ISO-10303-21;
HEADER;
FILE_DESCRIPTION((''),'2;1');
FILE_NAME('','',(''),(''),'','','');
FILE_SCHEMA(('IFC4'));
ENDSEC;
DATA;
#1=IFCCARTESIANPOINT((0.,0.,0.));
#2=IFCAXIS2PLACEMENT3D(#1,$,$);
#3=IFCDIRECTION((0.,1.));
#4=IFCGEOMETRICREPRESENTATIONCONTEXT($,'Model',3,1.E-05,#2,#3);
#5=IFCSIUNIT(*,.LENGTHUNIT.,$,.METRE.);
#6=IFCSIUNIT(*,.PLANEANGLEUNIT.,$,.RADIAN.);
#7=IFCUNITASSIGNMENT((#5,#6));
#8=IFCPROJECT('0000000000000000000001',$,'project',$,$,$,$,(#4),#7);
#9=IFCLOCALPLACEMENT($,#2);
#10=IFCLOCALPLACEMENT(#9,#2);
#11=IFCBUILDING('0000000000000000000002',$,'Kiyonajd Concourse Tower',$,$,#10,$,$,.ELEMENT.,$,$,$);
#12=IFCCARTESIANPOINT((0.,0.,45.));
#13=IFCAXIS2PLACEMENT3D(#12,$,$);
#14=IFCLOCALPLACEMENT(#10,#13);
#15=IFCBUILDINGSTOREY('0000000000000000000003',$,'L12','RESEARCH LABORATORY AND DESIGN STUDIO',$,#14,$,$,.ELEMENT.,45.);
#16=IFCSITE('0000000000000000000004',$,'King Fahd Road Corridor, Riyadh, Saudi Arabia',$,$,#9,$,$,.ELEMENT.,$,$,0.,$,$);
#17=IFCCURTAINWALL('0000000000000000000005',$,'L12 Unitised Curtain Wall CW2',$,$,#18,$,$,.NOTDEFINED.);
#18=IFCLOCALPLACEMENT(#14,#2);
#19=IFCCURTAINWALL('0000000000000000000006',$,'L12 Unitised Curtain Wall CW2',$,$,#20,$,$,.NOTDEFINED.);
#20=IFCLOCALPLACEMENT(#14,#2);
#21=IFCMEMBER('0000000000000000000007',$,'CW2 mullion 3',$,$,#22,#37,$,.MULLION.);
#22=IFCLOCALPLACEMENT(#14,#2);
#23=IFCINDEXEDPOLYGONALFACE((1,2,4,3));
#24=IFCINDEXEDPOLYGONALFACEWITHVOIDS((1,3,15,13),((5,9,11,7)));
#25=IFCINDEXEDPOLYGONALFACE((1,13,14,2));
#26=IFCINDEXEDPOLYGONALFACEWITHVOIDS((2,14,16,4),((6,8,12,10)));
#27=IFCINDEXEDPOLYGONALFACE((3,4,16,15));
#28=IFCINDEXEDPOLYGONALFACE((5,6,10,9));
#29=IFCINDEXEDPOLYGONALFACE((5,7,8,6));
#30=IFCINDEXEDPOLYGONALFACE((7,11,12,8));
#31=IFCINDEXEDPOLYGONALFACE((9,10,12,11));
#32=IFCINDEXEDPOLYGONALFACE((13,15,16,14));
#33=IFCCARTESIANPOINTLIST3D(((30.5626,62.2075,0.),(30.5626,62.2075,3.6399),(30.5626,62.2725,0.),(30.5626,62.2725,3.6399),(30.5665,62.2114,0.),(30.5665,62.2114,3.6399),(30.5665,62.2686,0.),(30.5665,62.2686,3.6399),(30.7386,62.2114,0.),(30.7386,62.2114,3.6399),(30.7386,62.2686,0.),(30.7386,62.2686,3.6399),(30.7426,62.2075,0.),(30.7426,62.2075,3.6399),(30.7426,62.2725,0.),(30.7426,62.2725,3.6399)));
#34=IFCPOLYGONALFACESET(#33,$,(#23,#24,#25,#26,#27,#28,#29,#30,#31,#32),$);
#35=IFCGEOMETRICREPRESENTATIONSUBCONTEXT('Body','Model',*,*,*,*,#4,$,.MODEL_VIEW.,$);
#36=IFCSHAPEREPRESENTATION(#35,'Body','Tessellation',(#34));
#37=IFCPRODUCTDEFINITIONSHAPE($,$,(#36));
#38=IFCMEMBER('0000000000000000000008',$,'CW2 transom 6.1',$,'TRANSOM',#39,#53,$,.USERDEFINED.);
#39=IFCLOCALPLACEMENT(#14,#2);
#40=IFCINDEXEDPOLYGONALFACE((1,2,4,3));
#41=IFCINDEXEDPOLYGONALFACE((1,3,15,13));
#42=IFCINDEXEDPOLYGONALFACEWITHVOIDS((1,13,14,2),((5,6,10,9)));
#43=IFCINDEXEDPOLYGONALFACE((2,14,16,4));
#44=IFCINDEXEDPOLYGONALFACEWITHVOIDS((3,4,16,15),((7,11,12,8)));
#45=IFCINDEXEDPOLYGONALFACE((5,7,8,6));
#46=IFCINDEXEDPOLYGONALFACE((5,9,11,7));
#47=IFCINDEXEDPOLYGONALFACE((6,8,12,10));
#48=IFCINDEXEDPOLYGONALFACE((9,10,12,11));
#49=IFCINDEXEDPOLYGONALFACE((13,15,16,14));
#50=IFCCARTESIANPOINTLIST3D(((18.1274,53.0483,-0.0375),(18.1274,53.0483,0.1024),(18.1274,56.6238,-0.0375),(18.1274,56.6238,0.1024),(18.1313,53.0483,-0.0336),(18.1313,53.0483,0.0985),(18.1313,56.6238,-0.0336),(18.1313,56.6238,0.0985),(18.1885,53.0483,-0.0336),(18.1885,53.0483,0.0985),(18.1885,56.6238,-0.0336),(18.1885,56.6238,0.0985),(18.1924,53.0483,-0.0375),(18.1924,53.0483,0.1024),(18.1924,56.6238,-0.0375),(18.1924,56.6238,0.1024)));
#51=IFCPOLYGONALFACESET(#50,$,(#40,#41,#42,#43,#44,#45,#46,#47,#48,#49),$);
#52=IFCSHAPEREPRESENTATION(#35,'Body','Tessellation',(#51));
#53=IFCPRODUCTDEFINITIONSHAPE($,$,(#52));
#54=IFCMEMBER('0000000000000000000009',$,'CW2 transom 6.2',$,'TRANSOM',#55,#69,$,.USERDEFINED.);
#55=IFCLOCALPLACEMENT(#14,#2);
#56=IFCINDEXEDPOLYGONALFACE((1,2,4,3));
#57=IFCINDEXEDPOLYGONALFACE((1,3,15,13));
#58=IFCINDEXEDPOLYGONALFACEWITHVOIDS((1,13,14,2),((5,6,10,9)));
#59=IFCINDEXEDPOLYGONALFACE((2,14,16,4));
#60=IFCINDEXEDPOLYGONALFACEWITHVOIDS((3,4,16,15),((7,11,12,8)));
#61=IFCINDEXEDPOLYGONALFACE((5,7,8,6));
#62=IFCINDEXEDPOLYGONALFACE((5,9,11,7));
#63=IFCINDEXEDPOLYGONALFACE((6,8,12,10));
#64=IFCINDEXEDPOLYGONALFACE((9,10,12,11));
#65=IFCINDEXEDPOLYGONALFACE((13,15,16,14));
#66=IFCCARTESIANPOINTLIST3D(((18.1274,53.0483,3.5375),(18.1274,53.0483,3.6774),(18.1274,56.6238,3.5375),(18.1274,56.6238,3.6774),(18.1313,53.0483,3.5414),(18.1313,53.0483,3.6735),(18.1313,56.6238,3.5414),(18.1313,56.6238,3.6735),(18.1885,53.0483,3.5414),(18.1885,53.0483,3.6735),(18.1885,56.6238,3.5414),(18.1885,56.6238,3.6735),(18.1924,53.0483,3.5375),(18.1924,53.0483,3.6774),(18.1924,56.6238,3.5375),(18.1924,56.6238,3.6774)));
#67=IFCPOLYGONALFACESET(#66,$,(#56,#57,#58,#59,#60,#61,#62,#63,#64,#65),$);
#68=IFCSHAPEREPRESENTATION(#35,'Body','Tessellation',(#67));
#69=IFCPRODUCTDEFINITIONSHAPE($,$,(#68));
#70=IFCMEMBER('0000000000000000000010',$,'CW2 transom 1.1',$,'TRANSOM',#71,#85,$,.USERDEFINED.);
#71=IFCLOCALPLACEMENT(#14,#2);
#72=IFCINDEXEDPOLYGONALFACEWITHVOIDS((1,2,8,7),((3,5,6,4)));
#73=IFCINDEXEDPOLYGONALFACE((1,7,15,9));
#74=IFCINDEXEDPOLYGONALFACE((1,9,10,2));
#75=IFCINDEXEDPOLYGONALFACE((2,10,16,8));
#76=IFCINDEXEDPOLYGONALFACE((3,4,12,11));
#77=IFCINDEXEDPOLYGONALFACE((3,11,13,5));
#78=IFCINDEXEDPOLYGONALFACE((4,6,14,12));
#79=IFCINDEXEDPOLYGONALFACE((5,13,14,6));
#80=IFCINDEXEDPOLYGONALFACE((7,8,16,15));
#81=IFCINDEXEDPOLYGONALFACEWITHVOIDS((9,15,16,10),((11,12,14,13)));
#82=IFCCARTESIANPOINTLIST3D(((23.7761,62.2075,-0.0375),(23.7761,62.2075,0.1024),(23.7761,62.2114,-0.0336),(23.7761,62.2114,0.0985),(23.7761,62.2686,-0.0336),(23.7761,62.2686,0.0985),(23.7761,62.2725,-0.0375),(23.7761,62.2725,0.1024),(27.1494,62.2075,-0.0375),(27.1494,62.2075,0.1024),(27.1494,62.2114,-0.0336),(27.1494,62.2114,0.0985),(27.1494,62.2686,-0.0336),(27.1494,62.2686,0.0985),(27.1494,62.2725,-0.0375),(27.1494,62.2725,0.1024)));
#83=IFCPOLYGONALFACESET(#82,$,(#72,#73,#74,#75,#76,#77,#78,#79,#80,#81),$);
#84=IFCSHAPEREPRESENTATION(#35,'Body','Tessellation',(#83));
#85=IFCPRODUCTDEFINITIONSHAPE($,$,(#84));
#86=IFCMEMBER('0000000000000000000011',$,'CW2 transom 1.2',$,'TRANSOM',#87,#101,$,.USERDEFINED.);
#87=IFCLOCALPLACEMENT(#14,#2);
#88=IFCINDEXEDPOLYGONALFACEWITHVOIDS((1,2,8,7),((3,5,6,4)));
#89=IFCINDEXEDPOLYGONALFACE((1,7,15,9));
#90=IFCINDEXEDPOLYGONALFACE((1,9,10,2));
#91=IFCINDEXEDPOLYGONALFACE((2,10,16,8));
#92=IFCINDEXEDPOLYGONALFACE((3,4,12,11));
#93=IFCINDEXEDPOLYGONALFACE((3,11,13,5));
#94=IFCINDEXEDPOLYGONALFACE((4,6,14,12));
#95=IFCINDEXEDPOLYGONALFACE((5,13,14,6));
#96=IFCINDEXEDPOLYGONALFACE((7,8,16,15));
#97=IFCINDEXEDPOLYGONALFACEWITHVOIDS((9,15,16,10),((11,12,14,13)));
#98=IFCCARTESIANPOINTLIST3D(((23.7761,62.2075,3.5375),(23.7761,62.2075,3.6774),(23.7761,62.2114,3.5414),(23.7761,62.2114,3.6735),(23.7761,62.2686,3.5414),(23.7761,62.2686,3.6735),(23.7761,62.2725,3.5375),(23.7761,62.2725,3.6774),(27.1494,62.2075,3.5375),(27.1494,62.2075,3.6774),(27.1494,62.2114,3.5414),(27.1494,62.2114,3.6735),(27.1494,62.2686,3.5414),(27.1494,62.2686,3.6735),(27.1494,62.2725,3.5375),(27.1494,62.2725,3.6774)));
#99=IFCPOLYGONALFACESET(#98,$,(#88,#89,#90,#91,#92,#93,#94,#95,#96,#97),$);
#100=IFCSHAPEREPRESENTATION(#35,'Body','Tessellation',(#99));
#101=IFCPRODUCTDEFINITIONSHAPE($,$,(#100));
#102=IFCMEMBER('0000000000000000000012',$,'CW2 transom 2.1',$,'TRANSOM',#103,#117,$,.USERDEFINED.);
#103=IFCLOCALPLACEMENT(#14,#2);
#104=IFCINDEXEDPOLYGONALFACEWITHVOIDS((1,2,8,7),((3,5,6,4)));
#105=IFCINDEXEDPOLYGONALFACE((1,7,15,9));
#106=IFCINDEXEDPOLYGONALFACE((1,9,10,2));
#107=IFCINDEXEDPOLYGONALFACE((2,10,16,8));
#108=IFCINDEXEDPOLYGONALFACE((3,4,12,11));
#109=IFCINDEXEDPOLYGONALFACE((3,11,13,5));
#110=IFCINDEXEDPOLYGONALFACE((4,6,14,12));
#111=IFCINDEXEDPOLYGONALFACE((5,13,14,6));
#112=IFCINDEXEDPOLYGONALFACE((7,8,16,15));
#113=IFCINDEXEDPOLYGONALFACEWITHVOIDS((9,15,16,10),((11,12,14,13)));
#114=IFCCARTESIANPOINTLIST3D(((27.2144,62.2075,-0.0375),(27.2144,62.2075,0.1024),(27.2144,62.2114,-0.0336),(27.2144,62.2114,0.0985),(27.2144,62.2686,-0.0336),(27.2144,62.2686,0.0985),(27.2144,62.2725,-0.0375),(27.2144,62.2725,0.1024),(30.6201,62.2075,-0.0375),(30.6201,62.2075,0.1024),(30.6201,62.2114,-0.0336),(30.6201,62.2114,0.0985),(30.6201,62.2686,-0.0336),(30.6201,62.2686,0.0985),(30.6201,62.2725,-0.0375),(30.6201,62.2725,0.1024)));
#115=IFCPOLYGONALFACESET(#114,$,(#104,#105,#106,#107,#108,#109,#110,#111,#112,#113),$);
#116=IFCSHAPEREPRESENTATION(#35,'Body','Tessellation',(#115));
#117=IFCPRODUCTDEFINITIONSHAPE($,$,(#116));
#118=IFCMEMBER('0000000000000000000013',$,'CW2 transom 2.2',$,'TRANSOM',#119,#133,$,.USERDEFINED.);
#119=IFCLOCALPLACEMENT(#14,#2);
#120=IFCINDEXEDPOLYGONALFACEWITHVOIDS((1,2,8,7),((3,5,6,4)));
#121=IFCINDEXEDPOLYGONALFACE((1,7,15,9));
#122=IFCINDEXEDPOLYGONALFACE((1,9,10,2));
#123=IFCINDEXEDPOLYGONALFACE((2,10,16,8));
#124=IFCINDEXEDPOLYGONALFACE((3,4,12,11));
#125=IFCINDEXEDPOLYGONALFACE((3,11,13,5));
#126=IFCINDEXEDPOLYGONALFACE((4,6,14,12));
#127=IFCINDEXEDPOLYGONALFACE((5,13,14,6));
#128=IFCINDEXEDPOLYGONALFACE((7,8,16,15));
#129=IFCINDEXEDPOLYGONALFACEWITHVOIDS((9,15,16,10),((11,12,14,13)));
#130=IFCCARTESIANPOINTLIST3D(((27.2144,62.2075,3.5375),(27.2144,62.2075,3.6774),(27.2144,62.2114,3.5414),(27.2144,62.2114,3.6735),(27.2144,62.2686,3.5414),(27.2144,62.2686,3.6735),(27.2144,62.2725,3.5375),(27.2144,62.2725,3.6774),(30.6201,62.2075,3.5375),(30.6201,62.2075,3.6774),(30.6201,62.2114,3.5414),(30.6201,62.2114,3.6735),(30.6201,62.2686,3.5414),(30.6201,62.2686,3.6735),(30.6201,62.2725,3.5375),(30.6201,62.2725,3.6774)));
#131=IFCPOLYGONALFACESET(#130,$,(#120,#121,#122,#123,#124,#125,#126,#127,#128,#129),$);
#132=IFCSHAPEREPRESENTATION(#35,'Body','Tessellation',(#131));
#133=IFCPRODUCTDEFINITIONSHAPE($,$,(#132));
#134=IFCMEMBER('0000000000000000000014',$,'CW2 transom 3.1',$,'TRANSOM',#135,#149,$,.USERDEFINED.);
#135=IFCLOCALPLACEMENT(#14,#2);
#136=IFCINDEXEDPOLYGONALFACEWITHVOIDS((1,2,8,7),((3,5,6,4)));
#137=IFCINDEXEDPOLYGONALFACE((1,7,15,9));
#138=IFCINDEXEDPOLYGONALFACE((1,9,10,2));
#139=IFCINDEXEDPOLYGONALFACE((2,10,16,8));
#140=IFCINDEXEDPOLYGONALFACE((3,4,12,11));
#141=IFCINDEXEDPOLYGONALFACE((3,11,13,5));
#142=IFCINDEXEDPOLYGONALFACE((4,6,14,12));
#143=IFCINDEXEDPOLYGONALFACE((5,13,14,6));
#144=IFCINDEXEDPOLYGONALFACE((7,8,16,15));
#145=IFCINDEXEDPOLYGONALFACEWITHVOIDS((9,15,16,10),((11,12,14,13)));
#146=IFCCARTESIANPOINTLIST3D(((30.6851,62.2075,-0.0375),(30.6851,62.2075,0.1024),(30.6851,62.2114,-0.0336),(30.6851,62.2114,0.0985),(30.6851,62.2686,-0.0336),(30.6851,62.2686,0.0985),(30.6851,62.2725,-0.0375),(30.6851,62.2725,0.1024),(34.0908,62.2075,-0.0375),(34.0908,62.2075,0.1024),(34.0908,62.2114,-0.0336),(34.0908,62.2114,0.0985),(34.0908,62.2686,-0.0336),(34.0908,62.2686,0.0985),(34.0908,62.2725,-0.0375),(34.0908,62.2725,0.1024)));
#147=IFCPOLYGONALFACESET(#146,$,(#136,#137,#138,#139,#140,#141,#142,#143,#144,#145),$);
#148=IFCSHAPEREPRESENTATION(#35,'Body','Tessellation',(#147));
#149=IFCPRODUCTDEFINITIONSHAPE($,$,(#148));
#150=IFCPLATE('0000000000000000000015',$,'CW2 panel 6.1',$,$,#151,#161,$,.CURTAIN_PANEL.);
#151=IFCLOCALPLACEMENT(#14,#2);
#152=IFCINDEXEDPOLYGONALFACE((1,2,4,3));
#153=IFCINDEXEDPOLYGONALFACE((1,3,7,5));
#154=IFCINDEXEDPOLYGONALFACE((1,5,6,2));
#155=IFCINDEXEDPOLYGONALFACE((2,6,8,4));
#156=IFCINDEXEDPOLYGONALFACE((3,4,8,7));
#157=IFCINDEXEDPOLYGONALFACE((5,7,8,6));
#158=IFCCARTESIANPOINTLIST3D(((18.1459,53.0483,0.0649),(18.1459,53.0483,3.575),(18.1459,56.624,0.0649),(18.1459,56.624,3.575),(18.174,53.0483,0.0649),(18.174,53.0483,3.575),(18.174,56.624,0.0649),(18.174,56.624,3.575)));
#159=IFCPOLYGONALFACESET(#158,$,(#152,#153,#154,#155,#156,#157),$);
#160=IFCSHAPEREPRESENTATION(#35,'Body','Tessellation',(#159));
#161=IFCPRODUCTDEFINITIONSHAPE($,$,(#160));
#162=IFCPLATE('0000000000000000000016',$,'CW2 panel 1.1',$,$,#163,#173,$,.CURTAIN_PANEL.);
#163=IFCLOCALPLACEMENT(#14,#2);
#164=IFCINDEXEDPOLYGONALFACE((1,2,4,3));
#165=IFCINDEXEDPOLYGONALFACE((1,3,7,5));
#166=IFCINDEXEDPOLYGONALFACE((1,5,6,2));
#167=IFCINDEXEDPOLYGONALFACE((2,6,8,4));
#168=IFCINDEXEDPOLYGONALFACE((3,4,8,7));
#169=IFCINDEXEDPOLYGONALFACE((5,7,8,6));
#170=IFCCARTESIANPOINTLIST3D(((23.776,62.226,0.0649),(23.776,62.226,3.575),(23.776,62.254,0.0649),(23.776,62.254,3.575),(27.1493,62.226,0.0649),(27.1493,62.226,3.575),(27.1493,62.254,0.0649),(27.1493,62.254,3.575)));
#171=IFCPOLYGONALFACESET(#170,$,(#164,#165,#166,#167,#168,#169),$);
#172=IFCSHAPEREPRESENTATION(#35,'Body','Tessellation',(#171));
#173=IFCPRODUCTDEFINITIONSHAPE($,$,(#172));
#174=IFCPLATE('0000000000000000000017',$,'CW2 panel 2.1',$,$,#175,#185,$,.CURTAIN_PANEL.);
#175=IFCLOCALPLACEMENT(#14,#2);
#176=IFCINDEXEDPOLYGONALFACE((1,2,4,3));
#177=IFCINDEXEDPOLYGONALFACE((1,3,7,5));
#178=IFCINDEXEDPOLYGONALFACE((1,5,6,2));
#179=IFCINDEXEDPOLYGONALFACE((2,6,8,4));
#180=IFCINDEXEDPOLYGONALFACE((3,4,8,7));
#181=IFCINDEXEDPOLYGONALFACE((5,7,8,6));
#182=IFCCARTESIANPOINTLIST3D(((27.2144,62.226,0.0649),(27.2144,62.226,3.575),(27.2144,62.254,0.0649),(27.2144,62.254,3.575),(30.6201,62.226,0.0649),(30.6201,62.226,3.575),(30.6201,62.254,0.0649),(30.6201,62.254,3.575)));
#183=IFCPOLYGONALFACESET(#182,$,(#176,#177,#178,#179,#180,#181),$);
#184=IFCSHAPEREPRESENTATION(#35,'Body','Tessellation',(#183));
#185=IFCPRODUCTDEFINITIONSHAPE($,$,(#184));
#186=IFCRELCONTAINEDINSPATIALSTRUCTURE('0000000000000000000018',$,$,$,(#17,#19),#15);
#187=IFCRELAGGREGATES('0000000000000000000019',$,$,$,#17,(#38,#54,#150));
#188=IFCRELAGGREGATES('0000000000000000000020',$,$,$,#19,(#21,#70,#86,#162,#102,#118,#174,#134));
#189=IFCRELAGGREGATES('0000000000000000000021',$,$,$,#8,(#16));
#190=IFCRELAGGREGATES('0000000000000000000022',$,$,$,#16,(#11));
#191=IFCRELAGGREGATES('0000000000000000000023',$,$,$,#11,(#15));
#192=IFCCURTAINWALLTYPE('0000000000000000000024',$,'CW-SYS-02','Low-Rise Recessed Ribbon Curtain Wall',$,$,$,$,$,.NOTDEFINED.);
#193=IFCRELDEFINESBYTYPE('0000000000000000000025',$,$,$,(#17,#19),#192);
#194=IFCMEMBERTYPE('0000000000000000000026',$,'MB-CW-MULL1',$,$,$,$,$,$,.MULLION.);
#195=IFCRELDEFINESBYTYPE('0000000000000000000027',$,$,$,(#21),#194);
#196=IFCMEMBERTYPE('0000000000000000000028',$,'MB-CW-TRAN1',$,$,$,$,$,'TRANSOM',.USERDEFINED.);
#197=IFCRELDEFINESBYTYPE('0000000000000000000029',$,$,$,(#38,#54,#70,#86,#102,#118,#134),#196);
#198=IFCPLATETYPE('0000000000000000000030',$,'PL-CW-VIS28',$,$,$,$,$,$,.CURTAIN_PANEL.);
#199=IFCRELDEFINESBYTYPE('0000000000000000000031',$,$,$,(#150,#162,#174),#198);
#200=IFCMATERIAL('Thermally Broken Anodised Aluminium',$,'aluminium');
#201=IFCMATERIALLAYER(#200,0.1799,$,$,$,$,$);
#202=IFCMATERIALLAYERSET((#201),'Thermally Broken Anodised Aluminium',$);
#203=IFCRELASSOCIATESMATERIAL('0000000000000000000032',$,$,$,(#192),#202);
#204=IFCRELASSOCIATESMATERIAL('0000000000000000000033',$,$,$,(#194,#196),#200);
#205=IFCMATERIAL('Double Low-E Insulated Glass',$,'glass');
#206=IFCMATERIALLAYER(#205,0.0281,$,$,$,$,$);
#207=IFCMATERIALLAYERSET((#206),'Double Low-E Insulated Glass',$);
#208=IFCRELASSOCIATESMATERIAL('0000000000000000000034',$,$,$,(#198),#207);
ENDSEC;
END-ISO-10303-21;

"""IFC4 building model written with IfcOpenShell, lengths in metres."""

from ifc_helpers import new_model, si_unit, direction, frame, origin, origin_2d, place, context, subcontext, project, spatial, rectangle, hollow_rectangle, extrude, material, layer, layer_set, material_profile, profile_set, type_object, element, aggregate, save


model = new_model("IFC4")

# Units and contexts
model_context = context("Model", 3, precision=1e-05, world=origin(), true_north=direction((0.0, 1.0)))
body_context = subcontext(model_context, "Body", "Model", "MODEL_VIEW")
ifc_project = project(units=[si_unit("LENGTHUNIT", "METRE"), si_unit("PLANEANGLEUNIT", "RADIAN")], contexts=[model_context])

# Site, building, storey
site_placement = place(None, origin())
site = spatial("IfcSite", under=ifc_project, at=site_placement, Name="King Fahd Road Corridor, Riyadh, Saudi Arabia", CompositionType="ELEMENT", RefElevation=0.0)
building_placement = place(site_placement, origin())
building = spatial("IfcBuilding", under=site, at=building_placement, Name="Kiyonajd Concourse Tower", CompositionType="ELEMENT")
storey_placement = place(building_placement, frame((0.0, 0.0, 45.0)))
storey = spatial("IfcBuildingStorey", under=building, at=storey_placement, Name="L12", Description="RESEARCH LABORATORY AND DESIGN STUDIO", CompositionType="ELEMENT", Elevation=45.0)

# Curtain wall
ifc_material_1 = material(Name="Thermally Broken Anodised Aluminium", Category="aluminium")
ifc_layer_1 = layer(ifc_material_1, 0.1799)
ifc_layer_set_1 = layer_set([ifc_layer_1], Name="Thermally Broken Anodised Aluminium")
curtain_wall_type = type_object("IfcCurtainWallType", Name="CW-SYS-02", Description="Low-Rise Recessed Ribbon Curtain Wall", PredefinedType="NOTDEFINED", material=ifc_layer_set_1)
curtain_wall_1_placement = place(storey_placement, origin())
curtain_wall_1 = element("IfcCurtainWall", 1, at=curtain_wall_1_placement, inside=storey, type_object=curtain_wall_type, Name="L12 Unitised Curtain Wall CW2", PredefinedType="NOTDEFINED")
ifc_material_profile_1 = material_profile(ifc_material_1, hollow_rectangle(XDim=0.0649, YDim=0.1799, WallThickness=0.0039, at=origin_2d()), Name="MULL-65x180")
ifc_profile_set_1 = profile_set([ifc_material_profile_1], Name="Thermally Broken Anodised Aluminium")
member_type_1 = type_object("IfcMemberType", Name="MB-CW-MULL1", PredefinedType="MULLION", material=ifc_profile_set_1)

# Curtain wall, member
curtain_wall_2_placement = place(storey_placement, origin())
curtain_wall_2 = element("IfcCurtainWall", 2, at=curtain_wall_2_placement, inside=storey, type_object=curtain_wall_type, Name="L12 Unitised Curtain Wall CW2", PredefinedType="NOTDEFINED")
member_1_placement = place(storey_placement, frame((30.6526, 62.24, 0.0), z_axis=(0.0, 0.0, 1.0), x_axis=(0.0, 1.0, 0.0)))
member_1 = element("IfcMember", 3, at=member_1_placement, type_object=member_type_1, Name="CW2 mullion 3", PredefinedType="MULLION", context=body_context, shape_type="SweptSolid", body=[
    extrude(hollow_rectangle(XDim=0.0649, YDim=0.1799, WallThickness=0.0039, at=origin_2d()), origin(), (0.0, 0.0, 1.0), 3.6399),
])

# Members
ifc_material_profile_2 = material_profile(ifc_material_1, hollow_rectangle(XDim=0.0649, YDim=0.1399, WallThickness=0.0039, at=origin_2d()), Name="TRAN-65x140")
ifc_profile_set_2 = profile_set([ifc_material_profile_2], Name="Thermally Broken Anodised Aluminium")
member_type_2 = type_object("IfcMemberType", Name="MB-CW-TRAN1", ElementType="TRANSOM", PredefinedType="USERDEFINED", material=ifc_profile_set_2)
member_2_placement = place(storey_placement, frame((18.1599, 53.0483, 0.0325), z_axis=(0.0, 1.0, 0.0), x_axis=(-1.0, 0.0, 0.0)))
member_2 = element("IfcMember", 4, at=member_2_placement, type_object=member_type_2, Name="CW2 transom 6.1", ObjectType="TRANSOM", PredefinedType="USERDEFINED", context=body_context, shape_type="SweptSolid", body=[
    extrude(hollow_rectangle(XDim=0.0649, YDim=0.1399, WallThickness=0.0039, at=origin_2d()), origin(), (0.0, 0.0, 1.0), 3.5754),
])
member_3_placement = place(storey_placement, frame((18.1599, 53.0483, 3.6074), z_axis=(0.0, 1.0, 0.0), x_axis=(-1.0, 0.0, 0.0)))
member_3 = element("IfcMember", 5, at=member_3_placement, type_object=member_type_2, Name="CW2 transom 6.2", ObjectType="TRANSOM", PredefinedType="USERDEFINED", context=body_context, shape_type="SweptSolid", body=[
    extrude(hollow_rectangle(XDim=0.0649, YDim=0.1399, WallThickness=0.0039, at=origin_2d()), origin(), (0.0, 0.0, 1.0), 3.5754),
])
member_4_placement = place(storey_placement, frame((23.7761, 62.24, 0.0325), z_axis=(1.0, 0.0, 0.0), x_axis=(0.0, 1.0, 0.0)))
member_4 = element("IfcMember", 6, at=member_4_placement, type_object=member_type_2, Name="CW2 transom 1.1", ObjectType="TRANSOM", PredefinedType="USERDEFINED", context=body_context, shape_type="SweptSolid", body=[
    extrude(hollow_rectangle(XDim=0.0649, YDim=0.1399, WallThickness=0.0039, at=origin_2d()), origin(), (0.0, 0.0, 1.0), 3.3733),
])
member_5_placement = place(storey_placement, frame((23.7761, 62.24, 3.6074), z_axis=(1.0, 0.0, 0.0), x_axis=(0.0, 1.0, 0.0)))
member_5 = element("IfcMember", 7, at=member_5_placement, type_object=member_type_2, Name="CW2 transom 1.2", ObjectType="TRANSOM", PredefinedType="USERDEFINED", context=body_context, shape_type="SweptSolid", body=[
    extrude(hollow_rectangle(XDim=0.0649, YDim=0.1399, WallThickness=0.0039, at=origin_2d()), origin(), (0.0, 0.0, 1.0), 3.3733),
])
member_6_placement = place(storey_placement, frame((27.2144, 62.24, 0.0325), z_axis=(1.0, 0.0, 0.0), x_axis=(0.0, 1.0, 0.0)))
member_6 = element("IfcMember", 8, at=member_6_placement, type_object=member_type_2, Name="CW2 transom 2.1", ObjectType="TRANSOM", PredefinedType="USERDEFINED", context=body_context, shape_type="SweptSolid", body=[
    extrude(hollow_rectangle(XDim=0.0649, YDim=0.1399, WallThickness=0.0039, at=origin_2d()), origin(), (0.0, 0.0, 1.0), 3.4058),
])
member_7_placement = place(storey_placement, frame((27.2144, 62.24, 3.6074), z_axis=(1.0, 0.0, 0.0), x_axis=(0.0, 1.0, 0.0)))
member_7 = element("IfcMember", 9, at=member_7_placement, type_object=member_type_2, Name="CW2 transom 2.2", ObjectType="TRANSOM", PredefinedType="USERDEFINED", context=body_context, shape_type="SweptSolid", body=[
    extrude(hollow_rectangle(XDim=0.0649, YDim=0.1399, WallThickness=0.0039, at=origin_2d()), origin(), (0.0, 0.0, 1.0), 3.4058),
])
member_8_placement = place(storey_placement, frame((30.6851, 62.24, 0.0325), z_axis=(1.0, 0.0, 0.0), x_axis=(0.0, 1.0, 0.0)))
member_8 = element("IfcMember", 10, at=member_8_placement, type_object=member_type_2, Name="CW2 transom 3.1", ObjectType="TRANSOM", PredefinedType="USERDEFINED", context=body_context, shape_type="SweptSolid", body=[
    extrude(hollow_rectangle(XDim=0.0649, YDim=0.1399, WallThickness=0.0039, at=origin_2d()), origin(), (0.0, 0.0, 1.0), 3.4058),
])

# Plates
ifc_material_2 = material(Name="Double Low-E Insulated Glass", Category="glass")
ifc_layer_2 = layer(ifc_material_2, 0.0281)
ifc_layer_set_2 = layer_set([ifc_layer_2], Name="Double Low-E Insulated Glass")
plate_type_1 = type_object("IfcPlateType", Name="PL-CW-VIS28", PredefinedType="CURTAIN_PANEL", material=ifc_layer_set_2)
plate_1_placement = place(storey_placement, frame((18.1599, 54.8362, 0.0649), z_axis=(0.0, 0.0, 1.0), x_axis=(0.0, 1.0, 0.0)))
plate_1 = element("IfcPlate", 11, at=plate_1_placement, type_object=plate_type_1, Name="CW2 panel 6.1", PredefinedType="CURTAIN_PANEL", context=body_context, shape_type="SweptSolid", body=[
    extrude(rectangle(XDim=3.5757, YDim=0.0281, at=origin_2d()), origin(), (0.0, 0.0, 1.0), 3.51),
])
aggregate(curtain_wall_1, [member_2, member_3, plate_1])
plate_2_placement = place(storey_placement, frame((25.4626, 62.24, 0.0649), z_axis=(0.0, 0.0, 1.0), x_axis=(1.0, 0.0, 0.0)))
plate_2 = element("IfcPlate", 12, at=plate_2_placement, type_object=plate_type_1, Name="CW2 panel 1.1", PredefinedType="CURTAIN_PANEL", context=body_context, shape_type="SweptSolid", body=[
    extrude(rectangle(XDim=3.3733, YDim=0.0281, at=origin_2d()), origin(), (0.0, 0.0, 1.0), 3.51),
])
plate_3_placement = place(storey_placement, frame((28.9172, 62.24, 0.0649), z_axis=(0.0, 0.0, 1.0), x_axis=(1.0, 0.0, 0.0)))
plate_3 = element("IfcPlate", 13, at=plate_3_placement, type_object=plate_type_1, Name="CW2 panel 2.1", PredefinedType="CURTAIN_PANEL", context=body_context, shape_type="SweptSolid", body=[
    extrude(rectangle(XDim=3.4058, YDim=0.0281, at=origin_2d()), origin(), (0.0, 0.0, 1.0), 3.51),
])
aggregate(curtain_wall_2, [member_1, member_4, member_5, plate_2, member_6, member_7, plate_3, member_8])

save(model, "model.ifc")
